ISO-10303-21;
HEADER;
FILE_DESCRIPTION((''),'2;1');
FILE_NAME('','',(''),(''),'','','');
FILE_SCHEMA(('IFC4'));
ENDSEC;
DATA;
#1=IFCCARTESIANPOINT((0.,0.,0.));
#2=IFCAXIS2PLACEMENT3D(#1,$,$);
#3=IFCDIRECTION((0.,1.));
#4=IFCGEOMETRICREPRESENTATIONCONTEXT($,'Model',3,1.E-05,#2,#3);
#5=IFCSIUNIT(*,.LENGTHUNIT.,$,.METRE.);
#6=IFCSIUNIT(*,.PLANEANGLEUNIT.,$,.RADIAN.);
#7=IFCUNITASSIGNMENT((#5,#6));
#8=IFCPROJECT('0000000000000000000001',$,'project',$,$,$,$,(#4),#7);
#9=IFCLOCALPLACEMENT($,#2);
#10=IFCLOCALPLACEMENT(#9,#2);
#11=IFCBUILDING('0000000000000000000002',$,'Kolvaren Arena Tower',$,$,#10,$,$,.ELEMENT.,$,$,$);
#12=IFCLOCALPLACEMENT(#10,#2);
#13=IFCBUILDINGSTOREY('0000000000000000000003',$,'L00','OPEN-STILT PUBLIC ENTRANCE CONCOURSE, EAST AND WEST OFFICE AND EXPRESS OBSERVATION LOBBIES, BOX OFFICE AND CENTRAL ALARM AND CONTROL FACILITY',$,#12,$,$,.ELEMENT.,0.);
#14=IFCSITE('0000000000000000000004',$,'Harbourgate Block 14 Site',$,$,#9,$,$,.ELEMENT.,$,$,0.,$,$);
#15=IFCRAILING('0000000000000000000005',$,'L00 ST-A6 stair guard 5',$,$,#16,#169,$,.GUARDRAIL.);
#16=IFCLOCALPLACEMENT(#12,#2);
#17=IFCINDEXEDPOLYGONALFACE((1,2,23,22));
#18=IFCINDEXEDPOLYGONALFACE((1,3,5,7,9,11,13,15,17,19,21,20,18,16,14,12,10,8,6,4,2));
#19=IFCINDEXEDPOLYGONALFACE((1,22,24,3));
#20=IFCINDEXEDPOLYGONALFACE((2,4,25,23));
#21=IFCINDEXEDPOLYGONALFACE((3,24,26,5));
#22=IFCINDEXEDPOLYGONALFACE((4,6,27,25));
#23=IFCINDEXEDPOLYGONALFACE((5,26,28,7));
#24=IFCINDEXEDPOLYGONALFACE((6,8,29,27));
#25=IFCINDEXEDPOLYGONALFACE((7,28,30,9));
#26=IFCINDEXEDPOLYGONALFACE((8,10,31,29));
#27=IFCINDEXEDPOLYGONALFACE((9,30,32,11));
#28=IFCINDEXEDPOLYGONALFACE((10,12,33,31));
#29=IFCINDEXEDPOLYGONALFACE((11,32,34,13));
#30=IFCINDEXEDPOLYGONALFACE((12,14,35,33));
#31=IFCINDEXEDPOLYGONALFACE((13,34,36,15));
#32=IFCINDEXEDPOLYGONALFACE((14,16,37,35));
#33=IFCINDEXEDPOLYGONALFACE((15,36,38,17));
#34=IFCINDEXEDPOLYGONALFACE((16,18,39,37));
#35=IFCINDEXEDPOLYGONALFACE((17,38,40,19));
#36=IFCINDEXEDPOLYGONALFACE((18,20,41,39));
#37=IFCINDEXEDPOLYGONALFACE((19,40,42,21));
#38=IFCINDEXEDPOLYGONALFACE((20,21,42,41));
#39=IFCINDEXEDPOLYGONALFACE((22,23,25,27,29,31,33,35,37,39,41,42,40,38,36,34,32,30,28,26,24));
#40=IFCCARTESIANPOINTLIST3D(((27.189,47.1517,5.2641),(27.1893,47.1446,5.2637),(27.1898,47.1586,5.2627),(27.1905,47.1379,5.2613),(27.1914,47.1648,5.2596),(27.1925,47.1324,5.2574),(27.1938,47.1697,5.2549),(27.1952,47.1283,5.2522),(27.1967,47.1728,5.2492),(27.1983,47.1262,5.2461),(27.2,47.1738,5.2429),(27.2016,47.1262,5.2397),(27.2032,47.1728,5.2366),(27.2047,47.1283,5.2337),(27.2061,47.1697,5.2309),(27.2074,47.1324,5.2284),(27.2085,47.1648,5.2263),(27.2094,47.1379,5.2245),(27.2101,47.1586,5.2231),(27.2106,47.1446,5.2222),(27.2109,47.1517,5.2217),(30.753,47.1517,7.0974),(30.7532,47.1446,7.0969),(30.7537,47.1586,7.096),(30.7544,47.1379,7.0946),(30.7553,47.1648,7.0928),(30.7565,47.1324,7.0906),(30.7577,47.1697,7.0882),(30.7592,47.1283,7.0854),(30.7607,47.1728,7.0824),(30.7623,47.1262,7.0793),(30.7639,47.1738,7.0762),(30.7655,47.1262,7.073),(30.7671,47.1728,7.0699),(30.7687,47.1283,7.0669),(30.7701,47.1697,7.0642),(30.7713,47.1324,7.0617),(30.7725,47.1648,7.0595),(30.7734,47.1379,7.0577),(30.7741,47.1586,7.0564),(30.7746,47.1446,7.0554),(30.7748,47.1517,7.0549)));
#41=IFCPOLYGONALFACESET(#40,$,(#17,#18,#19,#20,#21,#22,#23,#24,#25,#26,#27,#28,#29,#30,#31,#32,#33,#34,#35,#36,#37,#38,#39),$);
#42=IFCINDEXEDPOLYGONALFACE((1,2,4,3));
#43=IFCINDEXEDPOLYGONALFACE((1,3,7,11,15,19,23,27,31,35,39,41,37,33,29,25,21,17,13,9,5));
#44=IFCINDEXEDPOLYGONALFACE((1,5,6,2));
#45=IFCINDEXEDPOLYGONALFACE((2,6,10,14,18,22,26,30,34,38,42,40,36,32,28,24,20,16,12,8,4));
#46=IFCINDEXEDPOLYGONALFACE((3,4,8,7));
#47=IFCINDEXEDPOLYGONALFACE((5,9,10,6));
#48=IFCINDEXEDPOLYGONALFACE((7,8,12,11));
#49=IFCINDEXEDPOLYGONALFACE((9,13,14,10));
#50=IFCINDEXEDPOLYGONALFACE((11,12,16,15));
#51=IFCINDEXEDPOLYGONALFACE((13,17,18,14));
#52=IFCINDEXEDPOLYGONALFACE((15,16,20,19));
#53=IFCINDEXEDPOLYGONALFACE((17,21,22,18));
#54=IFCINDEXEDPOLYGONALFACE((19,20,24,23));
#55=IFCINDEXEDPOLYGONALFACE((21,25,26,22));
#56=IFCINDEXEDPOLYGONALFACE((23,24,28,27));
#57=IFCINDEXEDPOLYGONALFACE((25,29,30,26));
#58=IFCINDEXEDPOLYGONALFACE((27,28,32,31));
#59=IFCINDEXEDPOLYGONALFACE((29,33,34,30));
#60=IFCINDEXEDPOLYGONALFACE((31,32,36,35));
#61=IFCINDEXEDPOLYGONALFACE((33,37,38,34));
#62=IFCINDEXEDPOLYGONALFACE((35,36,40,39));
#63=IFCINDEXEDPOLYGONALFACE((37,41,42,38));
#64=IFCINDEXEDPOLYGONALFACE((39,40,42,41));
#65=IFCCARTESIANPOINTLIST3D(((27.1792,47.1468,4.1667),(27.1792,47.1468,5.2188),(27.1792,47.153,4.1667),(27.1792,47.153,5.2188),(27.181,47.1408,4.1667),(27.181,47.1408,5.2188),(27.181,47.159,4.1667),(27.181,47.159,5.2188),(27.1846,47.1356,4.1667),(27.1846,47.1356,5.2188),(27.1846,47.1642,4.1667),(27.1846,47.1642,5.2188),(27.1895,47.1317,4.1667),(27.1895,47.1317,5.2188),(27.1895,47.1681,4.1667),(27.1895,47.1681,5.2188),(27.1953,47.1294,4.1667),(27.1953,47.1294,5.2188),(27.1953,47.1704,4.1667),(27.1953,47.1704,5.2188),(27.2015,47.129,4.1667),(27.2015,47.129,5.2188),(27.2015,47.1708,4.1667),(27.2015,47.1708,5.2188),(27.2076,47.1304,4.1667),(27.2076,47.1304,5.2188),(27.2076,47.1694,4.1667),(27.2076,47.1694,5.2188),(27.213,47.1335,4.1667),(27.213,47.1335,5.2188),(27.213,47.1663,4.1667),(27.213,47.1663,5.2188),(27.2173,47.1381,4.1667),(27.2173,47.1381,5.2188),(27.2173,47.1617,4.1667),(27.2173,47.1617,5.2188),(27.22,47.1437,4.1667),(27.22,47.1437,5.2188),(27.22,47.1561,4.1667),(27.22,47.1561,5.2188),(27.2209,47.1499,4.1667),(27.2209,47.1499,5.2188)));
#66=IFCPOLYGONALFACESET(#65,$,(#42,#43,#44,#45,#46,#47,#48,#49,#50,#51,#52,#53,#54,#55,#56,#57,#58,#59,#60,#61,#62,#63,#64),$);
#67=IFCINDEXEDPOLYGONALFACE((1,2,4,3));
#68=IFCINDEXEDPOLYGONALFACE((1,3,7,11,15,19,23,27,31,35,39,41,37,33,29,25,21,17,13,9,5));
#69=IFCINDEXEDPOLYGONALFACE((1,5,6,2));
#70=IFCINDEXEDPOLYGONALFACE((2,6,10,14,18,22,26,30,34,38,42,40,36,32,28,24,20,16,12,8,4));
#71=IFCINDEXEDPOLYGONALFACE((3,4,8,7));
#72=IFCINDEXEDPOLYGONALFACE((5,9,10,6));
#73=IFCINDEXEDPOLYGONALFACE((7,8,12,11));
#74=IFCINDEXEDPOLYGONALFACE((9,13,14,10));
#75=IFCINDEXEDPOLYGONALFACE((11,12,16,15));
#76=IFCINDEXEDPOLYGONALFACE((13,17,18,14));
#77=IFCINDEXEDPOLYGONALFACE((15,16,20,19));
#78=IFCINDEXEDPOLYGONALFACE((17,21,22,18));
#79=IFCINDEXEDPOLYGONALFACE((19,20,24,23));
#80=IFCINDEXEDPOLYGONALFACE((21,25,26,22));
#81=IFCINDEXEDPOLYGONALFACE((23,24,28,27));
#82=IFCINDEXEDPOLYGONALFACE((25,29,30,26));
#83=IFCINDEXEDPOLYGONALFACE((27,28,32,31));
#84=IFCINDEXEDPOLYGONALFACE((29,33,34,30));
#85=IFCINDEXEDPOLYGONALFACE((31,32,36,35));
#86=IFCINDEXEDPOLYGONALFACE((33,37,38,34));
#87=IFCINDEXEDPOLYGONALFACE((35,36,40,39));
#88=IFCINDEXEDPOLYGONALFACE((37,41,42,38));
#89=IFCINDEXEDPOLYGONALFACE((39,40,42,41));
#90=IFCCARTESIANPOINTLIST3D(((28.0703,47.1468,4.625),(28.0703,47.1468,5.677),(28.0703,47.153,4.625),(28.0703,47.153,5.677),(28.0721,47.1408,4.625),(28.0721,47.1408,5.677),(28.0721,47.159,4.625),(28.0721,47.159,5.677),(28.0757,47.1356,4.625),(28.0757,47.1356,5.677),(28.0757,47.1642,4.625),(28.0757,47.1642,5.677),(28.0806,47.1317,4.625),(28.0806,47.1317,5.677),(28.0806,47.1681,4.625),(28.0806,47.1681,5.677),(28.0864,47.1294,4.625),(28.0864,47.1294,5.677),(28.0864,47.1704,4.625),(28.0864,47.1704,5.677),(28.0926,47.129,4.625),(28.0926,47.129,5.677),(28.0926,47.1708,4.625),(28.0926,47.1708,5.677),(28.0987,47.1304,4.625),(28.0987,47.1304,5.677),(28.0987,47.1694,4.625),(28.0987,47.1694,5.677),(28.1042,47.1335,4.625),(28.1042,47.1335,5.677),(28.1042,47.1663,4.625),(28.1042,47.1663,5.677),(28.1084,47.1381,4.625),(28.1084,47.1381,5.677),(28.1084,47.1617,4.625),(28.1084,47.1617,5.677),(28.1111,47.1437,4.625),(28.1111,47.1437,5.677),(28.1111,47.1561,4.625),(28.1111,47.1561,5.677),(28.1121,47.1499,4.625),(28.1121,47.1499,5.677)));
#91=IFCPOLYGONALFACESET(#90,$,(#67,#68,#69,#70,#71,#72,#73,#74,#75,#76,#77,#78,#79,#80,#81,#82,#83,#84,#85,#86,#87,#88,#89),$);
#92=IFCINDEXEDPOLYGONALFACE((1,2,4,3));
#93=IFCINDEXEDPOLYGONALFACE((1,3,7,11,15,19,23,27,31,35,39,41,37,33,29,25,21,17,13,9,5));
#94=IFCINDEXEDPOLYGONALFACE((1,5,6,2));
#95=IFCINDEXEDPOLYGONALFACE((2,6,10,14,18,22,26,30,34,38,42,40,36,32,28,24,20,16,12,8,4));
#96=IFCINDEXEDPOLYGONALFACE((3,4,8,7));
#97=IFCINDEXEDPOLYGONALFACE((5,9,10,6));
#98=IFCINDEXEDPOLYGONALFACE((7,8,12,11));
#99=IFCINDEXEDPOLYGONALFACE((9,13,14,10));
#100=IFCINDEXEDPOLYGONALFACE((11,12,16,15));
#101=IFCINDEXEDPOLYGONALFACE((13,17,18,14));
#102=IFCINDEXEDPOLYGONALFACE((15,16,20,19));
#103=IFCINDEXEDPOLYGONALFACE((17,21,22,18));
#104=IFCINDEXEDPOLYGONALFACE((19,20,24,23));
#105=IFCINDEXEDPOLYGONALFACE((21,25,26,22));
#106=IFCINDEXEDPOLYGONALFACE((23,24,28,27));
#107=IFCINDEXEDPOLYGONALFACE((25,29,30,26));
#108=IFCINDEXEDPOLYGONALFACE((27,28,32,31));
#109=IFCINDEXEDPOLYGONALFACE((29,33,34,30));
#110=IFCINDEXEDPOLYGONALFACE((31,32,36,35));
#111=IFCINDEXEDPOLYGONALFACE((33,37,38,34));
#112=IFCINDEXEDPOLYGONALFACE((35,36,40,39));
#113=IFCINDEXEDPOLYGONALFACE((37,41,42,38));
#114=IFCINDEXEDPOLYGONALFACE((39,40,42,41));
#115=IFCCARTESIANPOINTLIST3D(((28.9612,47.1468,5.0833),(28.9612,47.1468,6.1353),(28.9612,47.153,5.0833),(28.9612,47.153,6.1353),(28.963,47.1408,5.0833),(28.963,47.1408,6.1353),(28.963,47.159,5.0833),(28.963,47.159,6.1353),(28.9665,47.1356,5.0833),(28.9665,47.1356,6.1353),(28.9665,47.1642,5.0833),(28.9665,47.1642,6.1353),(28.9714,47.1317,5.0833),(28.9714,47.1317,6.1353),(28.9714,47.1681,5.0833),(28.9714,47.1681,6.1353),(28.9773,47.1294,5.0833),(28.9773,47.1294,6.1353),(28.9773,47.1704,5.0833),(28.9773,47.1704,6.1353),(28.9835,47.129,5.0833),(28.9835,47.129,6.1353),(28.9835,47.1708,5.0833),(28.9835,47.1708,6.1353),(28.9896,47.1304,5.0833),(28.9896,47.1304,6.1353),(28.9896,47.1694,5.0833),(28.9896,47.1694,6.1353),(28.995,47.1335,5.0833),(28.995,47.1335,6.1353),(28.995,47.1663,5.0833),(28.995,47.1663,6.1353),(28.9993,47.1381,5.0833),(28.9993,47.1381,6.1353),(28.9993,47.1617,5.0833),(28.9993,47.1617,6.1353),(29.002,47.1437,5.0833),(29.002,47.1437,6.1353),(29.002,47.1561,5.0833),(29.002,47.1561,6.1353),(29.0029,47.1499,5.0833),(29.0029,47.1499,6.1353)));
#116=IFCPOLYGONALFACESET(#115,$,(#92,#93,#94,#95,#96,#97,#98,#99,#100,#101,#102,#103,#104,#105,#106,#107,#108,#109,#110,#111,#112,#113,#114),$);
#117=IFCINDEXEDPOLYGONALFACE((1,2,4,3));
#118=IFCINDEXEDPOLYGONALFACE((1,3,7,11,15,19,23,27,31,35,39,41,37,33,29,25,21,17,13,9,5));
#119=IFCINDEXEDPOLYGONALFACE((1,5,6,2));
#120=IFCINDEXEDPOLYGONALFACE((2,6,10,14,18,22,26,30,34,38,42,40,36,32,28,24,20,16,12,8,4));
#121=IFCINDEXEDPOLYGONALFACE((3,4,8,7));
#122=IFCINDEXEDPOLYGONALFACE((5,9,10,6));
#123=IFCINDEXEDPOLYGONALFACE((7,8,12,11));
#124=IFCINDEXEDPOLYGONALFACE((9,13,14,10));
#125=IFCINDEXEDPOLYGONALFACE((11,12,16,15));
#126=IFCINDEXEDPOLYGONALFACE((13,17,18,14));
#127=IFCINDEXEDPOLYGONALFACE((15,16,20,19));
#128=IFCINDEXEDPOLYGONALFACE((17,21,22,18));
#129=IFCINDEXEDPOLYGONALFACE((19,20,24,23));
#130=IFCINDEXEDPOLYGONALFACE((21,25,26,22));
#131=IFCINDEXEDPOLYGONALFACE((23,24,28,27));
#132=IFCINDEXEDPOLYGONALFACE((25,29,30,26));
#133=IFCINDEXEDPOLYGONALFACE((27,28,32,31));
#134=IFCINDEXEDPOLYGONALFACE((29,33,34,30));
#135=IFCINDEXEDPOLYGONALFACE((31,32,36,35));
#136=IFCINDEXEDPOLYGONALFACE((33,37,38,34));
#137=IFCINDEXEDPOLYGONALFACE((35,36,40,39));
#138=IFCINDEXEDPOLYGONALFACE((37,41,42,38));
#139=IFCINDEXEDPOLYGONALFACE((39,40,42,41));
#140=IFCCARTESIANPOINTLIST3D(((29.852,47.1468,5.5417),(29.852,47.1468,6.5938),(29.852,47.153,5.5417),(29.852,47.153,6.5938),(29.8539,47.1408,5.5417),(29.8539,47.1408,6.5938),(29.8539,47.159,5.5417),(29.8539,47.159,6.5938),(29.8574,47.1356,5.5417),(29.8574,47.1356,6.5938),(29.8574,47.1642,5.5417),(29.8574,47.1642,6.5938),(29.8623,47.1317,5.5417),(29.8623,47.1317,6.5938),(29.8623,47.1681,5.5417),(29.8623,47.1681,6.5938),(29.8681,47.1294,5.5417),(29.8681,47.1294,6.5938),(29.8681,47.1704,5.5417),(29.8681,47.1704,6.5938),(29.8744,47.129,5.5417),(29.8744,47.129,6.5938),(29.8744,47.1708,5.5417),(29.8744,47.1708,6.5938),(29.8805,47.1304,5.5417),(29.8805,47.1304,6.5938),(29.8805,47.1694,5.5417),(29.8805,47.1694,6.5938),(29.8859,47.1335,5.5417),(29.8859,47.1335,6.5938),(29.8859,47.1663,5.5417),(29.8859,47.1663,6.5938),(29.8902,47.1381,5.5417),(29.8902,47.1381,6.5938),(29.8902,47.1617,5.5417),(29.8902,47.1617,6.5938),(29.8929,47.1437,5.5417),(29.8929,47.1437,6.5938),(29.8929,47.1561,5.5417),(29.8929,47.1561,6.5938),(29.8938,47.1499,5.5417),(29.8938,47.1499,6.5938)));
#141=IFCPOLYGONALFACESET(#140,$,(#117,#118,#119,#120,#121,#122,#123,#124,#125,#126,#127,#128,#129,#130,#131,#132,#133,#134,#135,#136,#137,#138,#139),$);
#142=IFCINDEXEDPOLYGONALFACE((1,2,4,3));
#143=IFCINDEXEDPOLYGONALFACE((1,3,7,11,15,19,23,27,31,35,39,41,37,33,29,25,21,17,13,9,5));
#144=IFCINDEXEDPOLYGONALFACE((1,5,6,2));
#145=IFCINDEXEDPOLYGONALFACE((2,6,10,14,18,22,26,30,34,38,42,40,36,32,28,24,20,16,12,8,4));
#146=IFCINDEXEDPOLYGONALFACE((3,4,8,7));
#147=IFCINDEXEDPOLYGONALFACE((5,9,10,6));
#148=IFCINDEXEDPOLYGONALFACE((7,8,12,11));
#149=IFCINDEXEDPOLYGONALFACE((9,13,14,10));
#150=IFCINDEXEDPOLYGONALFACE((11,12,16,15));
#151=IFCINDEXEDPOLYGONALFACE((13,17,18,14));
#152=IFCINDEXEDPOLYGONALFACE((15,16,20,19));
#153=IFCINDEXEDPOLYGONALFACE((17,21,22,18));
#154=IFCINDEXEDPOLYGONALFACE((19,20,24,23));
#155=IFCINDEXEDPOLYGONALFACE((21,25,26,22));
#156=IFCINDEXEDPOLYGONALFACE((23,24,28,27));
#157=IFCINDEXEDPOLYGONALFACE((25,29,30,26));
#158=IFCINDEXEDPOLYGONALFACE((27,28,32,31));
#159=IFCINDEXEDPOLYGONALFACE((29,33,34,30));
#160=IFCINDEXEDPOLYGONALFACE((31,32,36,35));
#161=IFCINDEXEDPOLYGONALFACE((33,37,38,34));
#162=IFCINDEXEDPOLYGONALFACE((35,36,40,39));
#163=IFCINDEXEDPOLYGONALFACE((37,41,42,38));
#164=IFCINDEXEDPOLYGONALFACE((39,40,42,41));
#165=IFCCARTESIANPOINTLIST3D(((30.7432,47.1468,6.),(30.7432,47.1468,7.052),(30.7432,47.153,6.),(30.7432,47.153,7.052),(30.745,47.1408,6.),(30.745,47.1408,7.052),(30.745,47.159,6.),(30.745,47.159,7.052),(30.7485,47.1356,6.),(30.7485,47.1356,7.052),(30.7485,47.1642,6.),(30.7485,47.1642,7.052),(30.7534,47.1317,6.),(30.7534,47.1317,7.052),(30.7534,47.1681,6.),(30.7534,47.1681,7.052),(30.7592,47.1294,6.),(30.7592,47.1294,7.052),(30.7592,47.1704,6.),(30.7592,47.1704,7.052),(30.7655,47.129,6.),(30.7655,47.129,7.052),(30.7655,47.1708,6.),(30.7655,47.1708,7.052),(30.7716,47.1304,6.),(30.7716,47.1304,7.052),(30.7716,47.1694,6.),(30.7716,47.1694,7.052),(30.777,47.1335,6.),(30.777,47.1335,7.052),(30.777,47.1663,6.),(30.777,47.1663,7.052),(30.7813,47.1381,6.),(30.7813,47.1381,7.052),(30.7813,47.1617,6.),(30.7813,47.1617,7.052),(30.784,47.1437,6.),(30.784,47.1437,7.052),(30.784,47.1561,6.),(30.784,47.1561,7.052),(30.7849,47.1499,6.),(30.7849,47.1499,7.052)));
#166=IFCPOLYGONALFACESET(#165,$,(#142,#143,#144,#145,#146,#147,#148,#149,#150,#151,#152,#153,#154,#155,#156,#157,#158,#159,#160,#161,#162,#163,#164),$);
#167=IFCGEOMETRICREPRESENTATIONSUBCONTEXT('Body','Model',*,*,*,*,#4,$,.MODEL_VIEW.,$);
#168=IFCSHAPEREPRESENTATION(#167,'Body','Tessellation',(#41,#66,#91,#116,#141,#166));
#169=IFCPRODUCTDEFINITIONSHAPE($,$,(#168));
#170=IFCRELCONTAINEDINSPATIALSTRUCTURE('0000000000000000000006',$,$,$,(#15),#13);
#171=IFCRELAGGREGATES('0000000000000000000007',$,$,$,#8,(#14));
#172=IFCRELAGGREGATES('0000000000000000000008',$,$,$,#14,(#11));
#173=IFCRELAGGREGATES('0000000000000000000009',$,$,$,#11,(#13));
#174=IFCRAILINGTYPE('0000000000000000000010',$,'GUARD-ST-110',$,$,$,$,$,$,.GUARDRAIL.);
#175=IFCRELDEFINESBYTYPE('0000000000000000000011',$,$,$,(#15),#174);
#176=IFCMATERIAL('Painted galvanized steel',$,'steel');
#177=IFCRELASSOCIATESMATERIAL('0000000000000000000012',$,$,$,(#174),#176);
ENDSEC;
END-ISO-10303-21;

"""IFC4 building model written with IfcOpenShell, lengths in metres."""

from ifc_helpers import new_model, si_unit, direction, frame, origin, origin_2d, place, context, subcontext, project, spatial, circle, extrude, material, type_object, element, save


model = new_model("IFC4")

# Units and contexts
model_context = context("Model", 3, precision=1e-05, world=origin(), true_north=direction((0.0, 1.0)))
body_context = subcontext(model_context, "Body", "Model", "MODEL_VIEW")
ifc_project = project(units=[si_unit("LENGTHUNIT", "METRE"), si_unit("PLANEANGLEUNIT", "RADIAN")], contexts=[model_context])

# Site, building, storey
site_placement = place(None, origin())
site = spatial("IfcSite", under=ifc_project, at=site_placement, Name="Harbourgate Block 14 Site", CompositionType="ELEMENT", RefElevation=0.0)
building_placement = place(site_placement, origin())
building = spatial("IfcBuilding", under=site, at=building_placement, Name="Kolvaren Arena Tower", CompositionType="ELEMENT")
storey_placement = place(building_placement, origin())
storey = spatial("IfcBuildingStorey", under=building, at=storey_placement, Name="L00", Description="OPEN-STILT PUBLIC ENTRANCE CONCOURSE, EAST AND WEST OFFICE AND EXPRESS OBSERVATION LOBBIES, BOX OFFICE AND CENTRAL ALARM AND CONTROL FACILITY", CompositionType="ELEMENT", Elevation=0.0)

# Railing
ifc_material_1 = material(Name="Painted galvanized steel", Category="steel")
railing_type_1 = type_object("IfcRailingType", Name="GUARD-ST-110", PredefinedType="GUARDRAIL", material=ifc_material_1)
railing_1_placement = place(storey_placement, frame((27.2, 47.1499, 4.1667)))
element("IfcRailing", 1, at=railing_1_placement, inside=storey, type_object=railing_type_1, Name="L00 ST-A6 stair guard 5", PredefinedType="GUARDRAIL", context=body_context, shape_type="SweptSolid", body=[
    extrude(circle(Radius=0.0239, at=origin_2d()), frame((0.0, 0.0, 1.0762), z_axis=(0.889252, 0.0, 0.457418), x_axis=(0.0, 1.0, 0.0)), (0.0, 0.0, 1.0), 4.0078),
    extrude(circle(Radius=0.021, at=origin_2d()), origin(), (0.0, 0.0, 1.0), 1.052),
    extrude(circle(Radius=0.021, at=origin_2d()), frame((0.8911, 0.0, 0.4583)), (0.0, 0.0, 1.0), 1.052),
    extrude(circle(Radius=0.021, at=origin_2d()), frame((1.782, 0.0, 0.9165)), (0.0, 0.0, 1.0), 1.052),
    extrude(circle(Radius=0.021, at=origin_2d()), frame((2.6729, 0.0, 1.375)), (0.0, 0.0, 1.0), 1.052),
    extrude(circle(Radius=0.021, at=origin_2d()), frame((3.564, 0.0, 1.8333)), (0.0, 0.0, 1.0), 1.052),
])

save(model, "model.ifc")
